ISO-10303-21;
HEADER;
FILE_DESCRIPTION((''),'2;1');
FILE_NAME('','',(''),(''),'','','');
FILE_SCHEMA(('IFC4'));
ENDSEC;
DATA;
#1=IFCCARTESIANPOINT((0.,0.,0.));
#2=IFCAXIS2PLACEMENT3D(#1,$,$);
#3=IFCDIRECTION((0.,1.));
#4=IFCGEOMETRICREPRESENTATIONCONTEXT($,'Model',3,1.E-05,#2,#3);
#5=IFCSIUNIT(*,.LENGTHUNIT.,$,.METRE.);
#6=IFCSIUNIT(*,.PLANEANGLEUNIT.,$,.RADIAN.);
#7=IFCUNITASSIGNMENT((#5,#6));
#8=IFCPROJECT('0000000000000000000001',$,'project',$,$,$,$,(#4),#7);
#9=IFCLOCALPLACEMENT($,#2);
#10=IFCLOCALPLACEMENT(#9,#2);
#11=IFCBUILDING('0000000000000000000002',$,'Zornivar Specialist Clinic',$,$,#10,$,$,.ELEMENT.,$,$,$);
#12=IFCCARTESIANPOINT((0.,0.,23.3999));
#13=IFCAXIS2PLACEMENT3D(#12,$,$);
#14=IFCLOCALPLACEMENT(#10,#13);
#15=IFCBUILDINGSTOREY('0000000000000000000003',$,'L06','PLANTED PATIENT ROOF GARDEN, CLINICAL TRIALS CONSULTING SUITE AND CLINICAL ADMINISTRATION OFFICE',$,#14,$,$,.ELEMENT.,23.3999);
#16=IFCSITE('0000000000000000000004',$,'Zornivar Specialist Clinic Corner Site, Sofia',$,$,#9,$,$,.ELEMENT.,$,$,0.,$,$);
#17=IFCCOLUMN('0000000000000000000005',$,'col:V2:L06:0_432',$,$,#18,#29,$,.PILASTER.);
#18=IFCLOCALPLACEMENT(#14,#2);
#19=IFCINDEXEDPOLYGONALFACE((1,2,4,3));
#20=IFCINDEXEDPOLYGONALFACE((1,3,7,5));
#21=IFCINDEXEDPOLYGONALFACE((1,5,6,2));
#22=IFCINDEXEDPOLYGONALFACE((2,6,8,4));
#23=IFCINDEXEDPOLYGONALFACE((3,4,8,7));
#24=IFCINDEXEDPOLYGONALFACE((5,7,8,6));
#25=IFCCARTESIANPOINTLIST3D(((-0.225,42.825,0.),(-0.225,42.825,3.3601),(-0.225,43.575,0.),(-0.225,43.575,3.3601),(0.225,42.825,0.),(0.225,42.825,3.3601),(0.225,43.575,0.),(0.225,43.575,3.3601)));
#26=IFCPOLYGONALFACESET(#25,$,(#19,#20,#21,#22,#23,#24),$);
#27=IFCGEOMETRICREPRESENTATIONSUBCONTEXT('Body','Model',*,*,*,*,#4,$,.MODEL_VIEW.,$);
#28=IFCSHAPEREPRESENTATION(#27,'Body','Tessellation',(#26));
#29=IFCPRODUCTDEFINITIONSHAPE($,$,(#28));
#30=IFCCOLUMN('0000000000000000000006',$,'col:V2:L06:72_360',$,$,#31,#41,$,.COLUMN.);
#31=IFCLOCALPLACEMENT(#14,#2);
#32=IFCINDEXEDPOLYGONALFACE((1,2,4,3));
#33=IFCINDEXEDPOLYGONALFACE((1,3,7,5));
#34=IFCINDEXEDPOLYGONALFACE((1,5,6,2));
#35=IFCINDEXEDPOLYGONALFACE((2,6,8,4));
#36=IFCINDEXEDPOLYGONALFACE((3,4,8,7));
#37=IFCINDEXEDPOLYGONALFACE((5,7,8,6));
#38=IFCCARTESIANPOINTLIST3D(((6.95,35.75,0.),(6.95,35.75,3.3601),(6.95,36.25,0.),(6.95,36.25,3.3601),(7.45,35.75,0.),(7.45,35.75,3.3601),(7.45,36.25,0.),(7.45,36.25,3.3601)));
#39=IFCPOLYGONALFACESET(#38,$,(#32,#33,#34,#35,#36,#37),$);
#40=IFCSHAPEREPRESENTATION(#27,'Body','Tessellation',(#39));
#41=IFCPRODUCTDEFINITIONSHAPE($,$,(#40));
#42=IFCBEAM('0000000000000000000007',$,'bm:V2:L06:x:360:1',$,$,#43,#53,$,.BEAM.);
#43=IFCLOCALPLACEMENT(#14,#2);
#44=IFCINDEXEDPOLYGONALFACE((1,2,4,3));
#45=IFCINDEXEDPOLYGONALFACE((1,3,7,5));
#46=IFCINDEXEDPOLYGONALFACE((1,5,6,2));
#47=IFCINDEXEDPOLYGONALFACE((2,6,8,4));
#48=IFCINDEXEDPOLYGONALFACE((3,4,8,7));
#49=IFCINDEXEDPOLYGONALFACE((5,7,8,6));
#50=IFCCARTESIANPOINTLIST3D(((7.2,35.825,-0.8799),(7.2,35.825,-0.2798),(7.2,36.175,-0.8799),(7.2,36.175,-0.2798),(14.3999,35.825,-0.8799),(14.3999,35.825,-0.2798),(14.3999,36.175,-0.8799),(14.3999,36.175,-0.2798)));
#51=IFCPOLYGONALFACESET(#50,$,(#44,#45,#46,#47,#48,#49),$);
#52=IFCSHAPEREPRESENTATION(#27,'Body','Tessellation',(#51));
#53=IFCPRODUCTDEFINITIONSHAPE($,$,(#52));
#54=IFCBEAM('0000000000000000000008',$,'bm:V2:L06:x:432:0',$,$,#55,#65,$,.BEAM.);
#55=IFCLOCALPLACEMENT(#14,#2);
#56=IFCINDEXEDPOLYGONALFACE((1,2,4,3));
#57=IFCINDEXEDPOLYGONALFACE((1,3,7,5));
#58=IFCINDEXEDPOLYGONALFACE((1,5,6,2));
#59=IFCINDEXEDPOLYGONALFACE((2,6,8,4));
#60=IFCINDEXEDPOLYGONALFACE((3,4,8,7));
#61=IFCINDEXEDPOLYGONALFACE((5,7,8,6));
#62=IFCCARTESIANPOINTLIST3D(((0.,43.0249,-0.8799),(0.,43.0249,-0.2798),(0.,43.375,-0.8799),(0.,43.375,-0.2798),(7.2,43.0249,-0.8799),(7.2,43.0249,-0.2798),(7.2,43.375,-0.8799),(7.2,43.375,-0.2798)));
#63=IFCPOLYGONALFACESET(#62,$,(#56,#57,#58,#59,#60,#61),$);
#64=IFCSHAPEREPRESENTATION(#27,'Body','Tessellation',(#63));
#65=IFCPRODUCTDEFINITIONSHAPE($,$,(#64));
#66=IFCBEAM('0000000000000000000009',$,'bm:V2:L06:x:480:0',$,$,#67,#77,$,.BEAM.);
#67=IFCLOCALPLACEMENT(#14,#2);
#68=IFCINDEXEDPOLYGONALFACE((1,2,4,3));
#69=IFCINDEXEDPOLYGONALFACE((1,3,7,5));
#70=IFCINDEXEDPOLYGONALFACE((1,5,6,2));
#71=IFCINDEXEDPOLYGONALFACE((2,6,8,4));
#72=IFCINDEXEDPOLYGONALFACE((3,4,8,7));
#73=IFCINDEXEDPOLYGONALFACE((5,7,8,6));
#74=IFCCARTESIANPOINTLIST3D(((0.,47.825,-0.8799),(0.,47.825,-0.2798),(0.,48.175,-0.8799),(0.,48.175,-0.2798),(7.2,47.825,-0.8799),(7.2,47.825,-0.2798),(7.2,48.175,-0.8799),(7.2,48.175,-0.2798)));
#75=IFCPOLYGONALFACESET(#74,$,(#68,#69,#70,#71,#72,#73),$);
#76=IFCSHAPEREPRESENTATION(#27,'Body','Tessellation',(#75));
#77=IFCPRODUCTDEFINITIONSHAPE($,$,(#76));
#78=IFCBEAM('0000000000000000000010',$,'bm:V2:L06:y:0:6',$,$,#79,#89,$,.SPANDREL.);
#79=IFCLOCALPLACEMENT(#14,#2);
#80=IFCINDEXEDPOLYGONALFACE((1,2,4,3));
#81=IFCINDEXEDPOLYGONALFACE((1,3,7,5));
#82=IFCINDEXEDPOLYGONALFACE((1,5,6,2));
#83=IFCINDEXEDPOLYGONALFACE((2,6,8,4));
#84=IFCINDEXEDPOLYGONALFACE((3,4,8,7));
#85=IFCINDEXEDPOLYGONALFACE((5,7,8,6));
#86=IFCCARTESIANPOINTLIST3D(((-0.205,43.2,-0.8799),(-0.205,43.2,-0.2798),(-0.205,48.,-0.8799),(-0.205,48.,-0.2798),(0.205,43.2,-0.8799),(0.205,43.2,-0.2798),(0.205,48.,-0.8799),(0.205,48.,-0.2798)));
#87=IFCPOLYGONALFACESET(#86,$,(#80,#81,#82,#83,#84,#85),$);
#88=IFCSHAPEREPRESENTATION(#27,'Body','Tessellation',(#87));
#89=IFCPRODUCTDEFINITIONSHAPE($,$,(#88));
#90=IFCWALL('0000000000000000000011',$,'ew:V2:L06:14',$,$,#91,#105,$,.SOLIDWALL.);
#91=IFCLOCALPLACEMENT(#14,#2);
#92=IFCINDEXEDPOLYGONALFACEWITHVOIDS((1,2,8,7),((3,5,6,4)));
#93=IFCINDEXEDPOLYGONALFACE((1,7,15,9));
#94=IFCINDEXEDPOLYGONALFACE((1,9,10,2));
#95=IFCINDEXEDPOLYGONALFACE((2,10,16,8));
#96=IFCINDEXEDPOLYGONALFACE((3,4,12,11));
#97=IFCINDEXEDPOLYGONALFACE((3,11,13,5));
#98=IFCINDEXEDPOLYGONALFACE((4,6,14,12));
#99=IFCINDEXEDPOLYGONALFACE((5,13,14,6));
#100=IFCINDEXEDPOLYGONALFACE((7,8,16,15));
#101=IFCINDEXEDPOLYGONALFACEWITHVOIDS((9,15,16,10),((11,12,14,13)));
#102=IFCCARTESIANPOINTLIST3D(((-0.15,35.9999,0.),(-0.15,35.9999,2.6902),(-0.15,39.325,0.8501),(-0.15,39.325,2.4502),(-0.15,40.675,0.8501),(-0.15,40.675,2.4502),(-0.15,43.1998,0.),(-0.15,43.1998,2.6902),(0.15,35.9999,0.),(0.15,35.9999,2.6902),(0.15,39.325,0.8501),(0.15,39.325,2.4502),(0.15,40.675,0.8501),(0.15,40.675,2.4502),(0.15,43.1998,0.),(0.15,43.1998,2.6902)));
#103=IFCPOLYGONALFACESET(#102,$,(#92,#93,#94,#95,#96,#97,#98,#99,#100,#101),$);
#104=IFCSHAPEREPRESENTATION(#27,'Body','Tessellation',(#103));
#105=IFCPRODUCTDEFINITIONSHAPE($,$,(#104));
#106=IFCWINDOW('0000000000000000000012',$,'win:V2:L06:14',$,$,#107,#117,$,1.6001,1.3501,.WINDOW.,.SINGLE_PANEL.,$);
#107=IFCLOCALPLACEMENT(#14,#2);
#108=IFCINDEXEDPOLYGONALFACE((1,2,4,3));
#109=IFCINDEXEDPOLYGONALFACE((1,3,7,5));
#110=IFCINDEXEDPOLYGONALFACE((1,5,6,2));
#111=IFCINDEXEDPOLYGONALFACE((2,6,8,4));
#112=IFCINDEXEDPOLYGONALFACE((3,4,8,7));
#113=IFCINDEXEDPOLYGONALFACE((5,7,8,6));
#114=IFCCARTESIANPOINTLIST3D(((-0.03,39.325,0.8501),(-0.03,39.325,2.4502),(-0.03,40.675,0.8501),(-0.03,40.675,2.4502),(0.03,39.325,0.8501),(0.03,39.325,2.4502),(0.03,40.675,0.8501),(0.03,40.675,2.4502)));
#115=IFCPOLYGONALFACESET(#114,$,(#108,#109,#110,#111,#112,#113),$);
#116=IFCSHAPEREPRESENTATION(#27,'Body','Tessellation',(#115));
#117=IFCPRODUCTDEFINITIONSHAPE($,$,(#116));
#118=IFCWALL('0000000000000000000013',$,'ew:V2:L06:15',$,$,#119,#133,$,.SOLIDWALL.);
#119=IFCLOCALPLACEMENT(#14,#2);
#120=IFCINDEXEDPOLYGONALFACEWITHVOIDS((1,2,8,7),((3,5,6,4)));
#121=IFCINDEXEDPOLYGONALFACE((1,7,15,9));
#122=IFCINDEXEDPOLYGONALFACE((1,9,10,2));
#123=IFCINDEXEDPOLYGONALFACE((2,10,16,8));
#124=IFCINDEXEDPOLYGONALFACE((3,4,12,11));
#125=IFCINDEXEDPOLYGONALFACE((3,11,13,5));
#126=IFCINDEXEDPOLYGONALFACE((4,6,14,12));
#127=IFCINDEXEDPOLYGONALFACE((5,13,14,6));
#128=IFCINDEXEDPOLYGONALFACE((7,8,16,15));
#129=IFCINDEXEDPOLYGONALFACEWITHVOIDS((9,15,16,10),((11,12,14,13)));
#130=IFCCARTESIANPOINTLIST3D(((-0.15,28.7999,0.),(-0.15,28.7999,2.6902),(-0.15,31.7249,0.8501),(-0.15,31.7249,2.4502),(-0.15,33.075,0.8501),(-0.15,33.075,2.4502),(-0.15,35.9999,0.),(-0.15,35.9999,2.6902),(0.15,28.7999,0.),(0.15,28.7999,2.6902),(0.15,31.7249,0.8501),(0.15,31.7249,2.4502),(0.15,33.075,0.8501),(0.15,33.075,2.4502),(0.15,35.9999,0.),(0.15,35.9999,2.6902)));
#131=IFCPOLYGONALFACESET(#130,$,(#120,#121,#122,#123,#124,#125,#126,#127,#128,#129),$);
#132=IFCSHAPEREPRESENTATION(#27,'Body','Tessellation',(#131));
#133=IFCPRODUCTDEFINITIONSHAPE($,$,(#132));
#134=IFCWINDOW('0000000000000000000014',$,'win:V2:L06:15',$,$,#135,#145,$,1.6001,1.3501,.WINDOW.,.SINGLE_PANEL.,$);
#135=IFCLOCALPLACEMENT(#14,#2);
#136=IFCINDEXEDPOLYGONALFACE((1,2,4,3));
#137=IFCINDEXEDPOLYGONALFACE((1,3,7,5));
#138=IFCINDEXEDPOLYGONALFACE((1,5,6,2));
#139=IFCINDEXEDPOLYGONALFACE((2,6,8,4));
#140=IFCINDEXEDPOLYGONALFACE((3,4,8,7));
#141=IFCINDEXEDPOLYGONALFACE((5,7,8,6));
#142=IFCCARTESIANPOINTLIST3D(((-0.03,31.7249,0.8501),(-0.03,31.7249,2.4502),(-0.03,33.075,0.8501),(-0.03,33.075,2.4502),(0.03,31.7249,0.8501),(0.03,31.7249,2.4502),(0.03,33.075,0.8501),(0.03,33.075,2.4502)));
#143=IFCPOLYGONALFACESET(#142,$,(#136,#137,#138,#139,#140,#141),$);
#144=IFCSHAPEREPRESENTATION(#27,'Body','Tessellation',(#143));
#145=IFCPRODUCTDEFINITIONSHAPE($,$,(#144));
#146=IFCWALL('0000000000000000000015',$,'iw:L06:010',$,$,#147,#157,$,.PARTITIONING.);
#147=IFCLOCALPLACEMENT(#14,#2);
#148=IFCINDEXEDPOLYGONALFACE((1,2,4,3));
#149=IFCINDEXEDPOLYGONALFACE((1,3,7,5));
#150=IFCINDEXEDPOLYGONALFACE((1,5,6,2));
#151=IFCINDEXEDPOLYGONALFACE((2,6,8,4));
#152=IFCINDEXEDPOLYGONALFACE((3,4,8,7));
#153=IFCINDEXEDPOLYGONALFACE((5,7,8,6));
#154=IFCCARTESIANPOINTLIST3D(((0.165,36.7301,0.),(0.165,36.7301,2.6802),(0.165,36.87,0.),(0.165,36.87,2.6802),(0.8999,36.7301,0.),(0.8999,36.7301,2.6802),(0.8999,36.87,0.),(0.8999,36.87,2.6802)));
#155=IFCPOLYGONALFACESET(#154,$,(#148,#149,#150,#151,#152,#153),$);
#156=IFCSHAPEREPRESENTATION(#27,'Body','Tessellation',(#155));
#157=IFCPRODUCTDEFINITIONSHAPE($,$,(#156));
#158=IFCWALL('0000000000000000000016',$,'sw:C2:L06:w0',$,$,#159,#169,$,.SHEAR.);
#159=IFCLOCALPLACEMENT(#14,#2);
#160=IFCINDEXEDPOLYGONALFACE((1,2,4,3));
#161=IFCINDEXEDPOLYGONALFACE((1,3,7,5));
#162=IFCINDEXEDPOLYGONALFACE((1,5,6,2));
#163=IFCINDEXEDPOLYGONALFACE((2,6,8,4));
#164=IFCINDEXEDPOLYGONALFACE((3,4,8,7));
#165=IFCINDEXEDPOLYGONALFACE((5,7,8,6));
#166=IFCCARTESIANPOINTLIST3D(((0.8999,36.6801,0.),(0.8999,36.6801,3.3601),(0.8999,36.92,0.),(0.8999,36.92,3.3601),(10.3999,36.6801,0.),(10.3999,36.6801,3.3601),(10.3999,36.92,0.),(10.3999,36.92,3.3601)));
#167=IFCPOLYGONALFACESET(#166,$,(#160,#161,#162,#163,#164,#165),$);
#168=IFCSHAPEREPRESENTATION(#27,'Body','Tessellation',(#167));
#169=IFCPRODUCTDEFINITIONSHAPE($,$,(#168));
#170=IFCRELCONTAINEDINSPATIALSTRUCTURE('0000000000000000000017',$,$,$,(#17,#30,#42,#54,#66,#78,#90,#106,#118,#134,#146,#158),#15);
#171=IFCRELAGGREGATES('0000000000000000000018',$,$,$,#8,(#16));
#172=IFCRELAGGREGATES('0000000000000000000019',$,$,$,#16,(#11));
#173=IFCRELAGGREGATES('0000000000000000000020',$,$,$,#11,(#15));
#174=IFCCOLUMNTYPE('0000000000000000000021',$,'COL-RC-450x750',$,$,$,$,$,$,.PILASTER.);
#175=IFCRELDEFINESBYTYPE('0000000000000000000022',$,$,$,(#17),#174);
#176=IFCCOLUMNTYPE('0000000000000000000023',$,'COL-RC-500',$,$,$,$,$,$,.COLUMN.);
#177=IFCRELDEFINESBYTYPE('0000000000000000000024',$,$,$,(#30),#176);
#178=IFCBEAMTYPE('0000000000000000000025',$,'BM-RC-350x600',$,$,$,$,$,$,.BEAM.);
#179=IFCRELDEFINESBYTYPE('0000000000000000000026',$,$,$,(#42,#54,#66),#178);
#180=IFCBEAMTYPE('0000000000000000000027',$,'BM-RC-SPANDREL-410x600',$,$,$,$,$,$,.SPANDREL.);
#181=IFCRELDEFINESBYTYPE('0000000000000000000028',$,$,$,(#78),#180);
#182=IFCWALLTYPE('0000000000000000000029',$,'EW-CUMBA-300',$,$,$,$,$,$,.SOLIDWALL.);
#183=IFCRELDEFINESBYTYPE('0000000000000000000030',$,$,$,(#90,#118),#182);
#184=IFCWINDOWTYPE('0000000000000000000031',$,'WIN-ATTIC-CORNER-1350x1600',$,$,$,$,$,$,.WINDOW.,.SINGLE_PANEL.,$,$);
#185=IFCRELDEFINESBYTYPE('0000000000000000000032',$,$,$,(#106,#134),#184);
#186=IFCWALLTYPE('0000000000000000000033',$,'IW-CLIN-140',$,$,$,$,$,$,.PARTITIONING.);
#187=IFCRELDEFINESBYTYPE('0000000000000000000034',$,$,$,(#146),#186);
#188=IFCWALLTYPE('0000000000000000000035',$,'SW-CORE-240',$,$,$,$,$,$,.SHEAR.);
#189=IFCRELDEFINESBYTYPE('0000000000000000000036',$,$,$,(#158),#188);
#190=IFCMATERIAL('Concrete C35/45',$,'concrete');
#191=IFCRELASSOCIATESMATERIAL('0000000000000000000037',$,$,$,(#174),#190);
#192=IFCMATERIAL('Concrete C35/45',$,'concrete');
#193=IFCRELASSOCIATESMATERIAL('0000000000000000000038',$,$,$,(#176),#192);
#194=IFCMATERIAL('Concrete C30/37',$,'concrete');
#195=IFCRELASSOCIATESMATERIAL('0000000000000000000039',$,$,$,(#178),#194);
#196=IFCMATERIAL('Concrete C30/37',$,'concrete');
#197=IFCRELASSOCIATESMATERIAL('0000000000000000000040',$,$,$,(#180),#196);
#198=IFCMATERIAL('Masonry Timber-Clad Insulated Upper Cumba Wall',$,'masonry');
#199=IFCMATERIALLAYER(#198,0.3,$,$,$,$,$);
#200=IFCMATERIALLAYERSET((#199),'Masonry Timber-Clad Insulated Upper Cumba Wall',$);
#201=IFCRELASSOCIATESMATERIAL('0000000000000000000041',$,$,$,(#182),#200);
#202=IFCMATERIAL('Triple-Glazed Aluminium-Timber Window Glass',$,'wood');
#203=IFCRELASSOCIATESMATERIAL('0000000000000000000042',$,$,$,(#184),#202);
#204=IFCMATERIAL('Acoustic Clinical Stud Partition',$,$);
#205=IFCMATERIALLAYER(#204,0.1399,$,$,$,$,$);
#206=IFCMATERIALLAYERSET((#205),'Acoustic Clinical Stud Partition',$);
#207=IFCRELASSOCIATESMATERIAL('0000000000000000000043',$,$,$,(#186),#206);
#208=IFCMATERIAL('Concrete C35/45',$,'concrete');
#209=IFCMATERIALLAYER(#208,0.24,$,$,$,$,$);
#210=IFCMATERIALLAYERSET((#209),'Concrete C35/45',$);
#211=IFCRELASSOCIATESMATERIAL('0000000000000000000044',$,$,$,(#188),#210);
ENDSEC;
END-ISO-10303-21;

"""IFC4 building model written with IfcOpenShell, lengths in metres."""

from ifc_helpers import new_model, si_unit, direction, frame, frame_2d, origin, origin_2d, place, context, subcontext, project, spatial, rectangle, extrude, material, layer, layer_set, material_profile, profile_set, type_object, element, fill, save


model = new_model("IFC4")

# Units and contexts
model_context = context("Model", 3, precision=1e-05, world=origin(), true_north=direction((0.0, 1.0)))
body_context = subcontext(model_context, "Body", "Model", "MODEL_VIEW")
ifc_project = project(units=[si_unit("LENGTHUNIT", "METRE"), si_unit("PLANEANGLEUNIT", "RADIAN")], contexts=[model_context])

# Site, building, storey
site_placement = place(None, origin())
site = spatial("IfcSite", under=ifc_project, at=site_placement, Name="Zornivar Specialist Clinic Corner Site, Sofia", CompositionType="ELEMENT", RefElevation=0.0)
building_placement = place(site_placement, origin())
building = spatial("IfcBuilding", under=site, at=building_placement, Name="Zornivar Specialist Clinic", CompositionType="ELEMENT")
storey_placement = place(building_placement, frame((0.0, 0.0, 23.3999)))
storey = spatial("IfcBuildingStorey", under=building, at=storey_placement, Name="L06", Description="PLANTED PATIENT ROOF GARDEN, CLINICAL TRIALS CONSULTING SUITE AND CLINICAL ADMINISTRATION OFFICE", CompositionType="ELEMENT", Elevation=23.3999)

# Columns
ifc_material_1 = material(Name="Concrete C35/45", Category="concrete")
ifc_material_profile_1 = material_profile(ifc_material_1, rectangle(XDim=0.45, YDim=0.75, at=origin_2d()), Name="RC 450x750")
ifc_profile_set_1 = profile_set([ifc_material_profile_1], Name="Concrete C35/45")
column_type_1 = type_object("IfcColumnType", Name="COL-RC-450x750", PredefinedType="PILASTER", material=ifc_profile_set_1)
column_1_placement = place(storey_placement, frame((0.0, 43.2, 0.0), z_axis=(0.0, 0.0, 1.0), x_axis=(1.0, 0.0, 0.0)))
element("IfcColumn", 1, at=column_1_placement, inside=storey, type_object=column_type_1, Name="col:V2:L06:0_432", PredefinedType="PILASTER", context=body_context, shape_type="SweptSolid", body=[
    extrude(rectangle(XDim=0.45, YDim=0.75, at=origin_2d()), origin(), (0.0, 0.0, 1.0), 3.3601),
])
ifc_material_2 = material(Name="Concrete C35/45", Category="concrete")
ifc_material_profile_2 = material_profile(ifc_material_2, rectangle(XDim=0.5, YDim=0.5, at=origin_2d()), Name="RC 500x500")
ifc_profile_set_2 = profile_set([ifc_material_profile_2], Name="Concrete C35/45")
column_type_2 = type_object("IfcColumnType", Name="COL-RC-500", PredefinedType="COLUMN", material=ifc_profile_set_2)
column_2_placement = place(storey_placement, frame((7.2, 36.0, 0.0), z_axis=(0.0, 0.0, 1.0), x_axis=(1.0, 0.0, 0.0)))
element("IfcColumn", 2, at=column_2_placement, inside=storey, type_object=column_type_2, Name="col:V2:L06:72_360", PredefinedType="COLUMN", context=body_context, shape_type="SweptSolid", body=[
    extrude(rectangle(XDim=0.5, YDim=0.5, at=origin_2d()), origin(), (0.0, 0.0, 1.0), 3.3601),
])

# Beams
ifc_material_3 = material(Name="Concrete C30/37", Category="concrete")
ifc_material_profile_3 = material_profile(ifc_material_3, rectangle(XDim=0.3501, YDim=0.6001, at=origin_2d()), Name="RC 350x600")
ifc_profile_set_3 = profile_set([ifc_material_profile_3], Name="Concrete C30/37")
beam_type_1 = type_object("IfcBeamType", Name="BM-RC-350x600", PredefinedType="BEAM", material=ifc_profile_set_3)
for number, where, z_axis, x_axis, name in (
    (3, (7.2, 36.0, -0.5798), (1.0, 0.0, 0.0), (0.0, 1.0, 0.0), "bm:V2:L06:x:360:1"),
    (4, (0.0, 43.2, -0.5798), (1.0, 0.0, 0.0), (0.0, 1.0, 0.0), "bm:V2:L06:x:432:0"),
    (5, (0.0, 48.0, -0.5798), (1.0, 0.0, 0.0), (0.0, 1.0, 0.0), "bm:V2:L06:x:480:0"),
):
    element("IfcBeam", number, at=place(storey_placement, frame(where, z_axis=z_axis, x_axis=x_axis)), inside=storey, type_object=beam_type_1, Name=name, PredefinedType="BEAM", context=body_context, shape_type="SweptSolid", body=[
        extrude(rectangle(XDim=0.3501, YDim=0.6001, at=origin_2d()), origin(), (0.0, 0.0, 1.0), 7.2),
    ])
ifc_material_4 = material(Name="Concrete C30/37", Category="concrete")
ifc_material_profile_4 = material_profile(ifc_material_4, rectangle(XDim=0.4099, YDim=0.6001, at=origin_2d()), Name="RC 410x600")
ifc_profile_set_4 = profile_set([ifc_material_profile_4], Name="Concrete C30/37")
beam_type_2 = type_object("IfcBeamType", Name="BM-RC-SPANDREL-410x600", PredefinedType="SPANDREL", material=ifc_profile_set_4)
beam_placement = place(storey_placement, frame((0.0, 43.2, -0.5798), z_axis=(0.0, 1.0, 0.0), x_axis=(-1.0, 0.0, 0.0)))
element("IfcBeam", 6, at=beam_placement, inside=storey, type_object=beam_type_2, Name="bm:V2:L06:y:0:6", PredefinedType="SPANDREL", context=body_context, shape_type="SweptSolid", body=[
    extrude(rectangle(XDim=0.4099, YDim=0.6001, at=origin_2d()), origin(), (0.0, 0.0, 1.0), 4.8),
])

# Walls, openings, windows
ifc_material_5 = material(Name="Masonry Timber-Clad Insulated Upper Cumba Wall", Category="masonry")
ifc_layer_1 = layer(ifc_material_5, 0.3)
ifc_layer_set_1 = layer_set([ifc_layer_1], Name="Masonry Timber-Clad Insulated Upper Cumba Wall")
wall_type_1 = type_object("IfcWallType", Name="EW-CUMBA-300", PredefinedType="SOLIDWALL", material=ifc_layer_set_1)
wall_1_placement = place(storey_placement, frame((0.0, 43.2, 0.0), z_axis=(0.0, 0.0, 1.0), x_axis=(0.0, -1.0, 0.0)))
wall_1 = element("IfcWall", 7, at=wall_1_placement, inside=storey, type_object=wall_type_1, Name="ew:V2:L06:14", PredefinedType="SOLIDWALL", context=body_context, shape_type="SweptSolid", body=[
    extrude(rectangle(XDim=7.2, YDim=0.3, at=frame_2d((3.6001, 0.0))), origin(), (0.0, 0.0, 1.0), 2.6902),
])
opening_1_placement = place(wall_1_placement, frame((2.5249, 0.0, 0.8501)))
opening_1 = element("IfcOpeningElement", 8, at=opening_1_placement, cuts=wall_1, PredefinedType="OPENING", context=body_context, shape_type="SweptSolid", body=[
    extrude(rectangle(XDim=1.3501, YDim=1.6001, at=frame_2d((0.675, 0.8))), frame((0.0, 0.1599, 0.0), z_axis=(0.0, -1.0, 0.0), x_axis=(1.0, 0.0, 0.0)), (0.0, 0.0, 1.0), 0.3201),
])
ifc_material_6 = material(Name="Triple-Glazed Aluminium-Timber Window Glass", Category="wood")
window_type = type_object("IfcWindowType", Name="WIN-ATTIC-CORNER-1350x1600", PartitioningType="SINGLE_PANEL", PredefinedType="WINDOW", material=ifc_material_6)
window_1_placement = place(opening_1_placement, origin())
window_1 = element("IfcWindow", 9, at=window_1_placement, inside=storey, type_object=window_type, Name="win:V2:L06:14", OverallHeight=1.6001, OverallWidth=1.3501, PartitioningType="SINGLE_PANEL", PredefinedType="WINDOW", context=body_context, shape_type="SweptSolid", body=[
    extrude(rectangle(XDim=1.3501, YDim=1.6001, at=frame_2d((0.675, 0.8))), frame((0.0, 0.03, 0.0), z_axis=(0.0, -1.0, 0.0), x_axis=(1.0, 0.0, 0.0)), (0.0, 0.0, 1.0), 0.0601),
])
fill(opening_1, window_1)
wall_2_placement = place(storey_placement, frame((0.0, 36.0, 0.0), z_axis=(0.0, 0.0, 1.0), x_axis=(0.0, -1.0, 0.0)))
wall_2 = element("IfcWall", 10, at=wall_2_placement, inside=storey, type_object=wall_type_1, Name="ew:V2:L06:15", PredefinedType="SOLIDWALL", context=body_context, shape_type="SweptSolid", body=[
    extrude(rectangle(XDim=7.2, YDim=0.3, at=frame_2d((3.6001, 0.0))), origin(), (0.0, 0.0, 1.0), 2.6902),
])
opening_2_placement = place(wall_2_placement, frame((2.925, 0.0, 0.8501)))
opening_2 = element("IfcOpeningElement", 11, at=opening_2_placement, cuts=wall_2, PredefinedType="OPENING", context=body_context, shape_type="SweptSolid", body=[
    extrude(rectangle(XDim=1.3501, YDim=1.6001, at=frame_2d((0.675, 0.8))), frame((0.0, 0.1599, 0.0), z_axis=(0.0, -1.0, 0.0), x_axis=(1.0, 0.0, 0.0)), (0.0, 0.0, 1.0), 0.3201),
])
window_2_placement = place(opening_2_placement, origin())
window_2 = element("IfcWindow", 12, at=window_2_placement, inside=storey, type_object=window_type, Name="win:V2:L06:15", OverallHeight=1.6001, OverallWidth=1.3501, PartitioningType="SINGLE_PANEL", PredefinedType="WINDOW", context=body_context, shape_type="SweptSolid", body=[
    extrude(rectangle(XDim=1.3501, YDim=1.6001, at=frame_2d((0.675, 0.8))), frame((0.0, 0.03, 0.0), z_axis=(0.0, -1.0, 0.0), x_axis=(1.0, 0.0, 0.0)), (0.0, 0.0, 1.0), 0.0601),
])
fill(opening_2, window_2)

# Walls
ifc_material_7 = material(Name="Acoustic Clinical Stud Partition")
ifc_layer_2 = layer(ifc_material_7, 0.1399)
ifc_layer_set_2 = layer_set([ifc_layer_2], Name="Acoustic Clinical Stud Partition")
wall_type_2 = type_object("IfcWallType", Name="IW-CLIN-140", PredefinedType="PARTITIONING", material=ifc_layer_set_2)
wall_3_placement = place(storey_placement, frame((0.165, 36.8, 0.0), z_axis=(0.0, 0.0, 1.0), x_axis=(1.0, 0.0, 0.0)))
element("IfcWall", 13, at=wall_3_placement, inside=storey, type_object=wall_type_2, Name="iw:L06:010", PredefinedType="PARTITIONING", context=body_context, shape_type="SweptSolid", body=[
    extrude(rectangle(XDim=0.7349, YDim=0.1399, at=frame_2d((0.3674, 0.0))), origin(), (0.0, 0.0, 1.0), 2.6802),
])
ifc_material_8 = material(Name="Concrete C35/45", Category="concrete")
ifc_layer_3 = layer(ifc_material_8, 0.24)
ifc_layer_set_3 = layer_set([ifc_layer_3], Name="Concrete C35/45")
wall_type_3 = type_object("IfcWallType", Name="SW-CORE-240", PredefinedType="SHEAR", material=ifc_layer_set_3)
wall_4_placement = place(storey_placement, frame((0.8999, 36.8, 0.0), z_axis=(0.0, 0.0, 1.0), x_axis=(1.0, 0.0, 0.0)))
element("IfcWall", 14, at=wall_4_placement, inside=storey, type_object=wall_type_3, Name="sw:C2:L06:w0", PredefinedType="SHEAR", context=body_context, shape_type="SweptSolid", body=[
    extrude(rectangle(XDim=9.5, YDim=0.24, at=frame_2d((4.75, 0.0))), origin(), (0.0, 0.0, 1.0), 3.3601),
])

save(model, "model.ifc")
